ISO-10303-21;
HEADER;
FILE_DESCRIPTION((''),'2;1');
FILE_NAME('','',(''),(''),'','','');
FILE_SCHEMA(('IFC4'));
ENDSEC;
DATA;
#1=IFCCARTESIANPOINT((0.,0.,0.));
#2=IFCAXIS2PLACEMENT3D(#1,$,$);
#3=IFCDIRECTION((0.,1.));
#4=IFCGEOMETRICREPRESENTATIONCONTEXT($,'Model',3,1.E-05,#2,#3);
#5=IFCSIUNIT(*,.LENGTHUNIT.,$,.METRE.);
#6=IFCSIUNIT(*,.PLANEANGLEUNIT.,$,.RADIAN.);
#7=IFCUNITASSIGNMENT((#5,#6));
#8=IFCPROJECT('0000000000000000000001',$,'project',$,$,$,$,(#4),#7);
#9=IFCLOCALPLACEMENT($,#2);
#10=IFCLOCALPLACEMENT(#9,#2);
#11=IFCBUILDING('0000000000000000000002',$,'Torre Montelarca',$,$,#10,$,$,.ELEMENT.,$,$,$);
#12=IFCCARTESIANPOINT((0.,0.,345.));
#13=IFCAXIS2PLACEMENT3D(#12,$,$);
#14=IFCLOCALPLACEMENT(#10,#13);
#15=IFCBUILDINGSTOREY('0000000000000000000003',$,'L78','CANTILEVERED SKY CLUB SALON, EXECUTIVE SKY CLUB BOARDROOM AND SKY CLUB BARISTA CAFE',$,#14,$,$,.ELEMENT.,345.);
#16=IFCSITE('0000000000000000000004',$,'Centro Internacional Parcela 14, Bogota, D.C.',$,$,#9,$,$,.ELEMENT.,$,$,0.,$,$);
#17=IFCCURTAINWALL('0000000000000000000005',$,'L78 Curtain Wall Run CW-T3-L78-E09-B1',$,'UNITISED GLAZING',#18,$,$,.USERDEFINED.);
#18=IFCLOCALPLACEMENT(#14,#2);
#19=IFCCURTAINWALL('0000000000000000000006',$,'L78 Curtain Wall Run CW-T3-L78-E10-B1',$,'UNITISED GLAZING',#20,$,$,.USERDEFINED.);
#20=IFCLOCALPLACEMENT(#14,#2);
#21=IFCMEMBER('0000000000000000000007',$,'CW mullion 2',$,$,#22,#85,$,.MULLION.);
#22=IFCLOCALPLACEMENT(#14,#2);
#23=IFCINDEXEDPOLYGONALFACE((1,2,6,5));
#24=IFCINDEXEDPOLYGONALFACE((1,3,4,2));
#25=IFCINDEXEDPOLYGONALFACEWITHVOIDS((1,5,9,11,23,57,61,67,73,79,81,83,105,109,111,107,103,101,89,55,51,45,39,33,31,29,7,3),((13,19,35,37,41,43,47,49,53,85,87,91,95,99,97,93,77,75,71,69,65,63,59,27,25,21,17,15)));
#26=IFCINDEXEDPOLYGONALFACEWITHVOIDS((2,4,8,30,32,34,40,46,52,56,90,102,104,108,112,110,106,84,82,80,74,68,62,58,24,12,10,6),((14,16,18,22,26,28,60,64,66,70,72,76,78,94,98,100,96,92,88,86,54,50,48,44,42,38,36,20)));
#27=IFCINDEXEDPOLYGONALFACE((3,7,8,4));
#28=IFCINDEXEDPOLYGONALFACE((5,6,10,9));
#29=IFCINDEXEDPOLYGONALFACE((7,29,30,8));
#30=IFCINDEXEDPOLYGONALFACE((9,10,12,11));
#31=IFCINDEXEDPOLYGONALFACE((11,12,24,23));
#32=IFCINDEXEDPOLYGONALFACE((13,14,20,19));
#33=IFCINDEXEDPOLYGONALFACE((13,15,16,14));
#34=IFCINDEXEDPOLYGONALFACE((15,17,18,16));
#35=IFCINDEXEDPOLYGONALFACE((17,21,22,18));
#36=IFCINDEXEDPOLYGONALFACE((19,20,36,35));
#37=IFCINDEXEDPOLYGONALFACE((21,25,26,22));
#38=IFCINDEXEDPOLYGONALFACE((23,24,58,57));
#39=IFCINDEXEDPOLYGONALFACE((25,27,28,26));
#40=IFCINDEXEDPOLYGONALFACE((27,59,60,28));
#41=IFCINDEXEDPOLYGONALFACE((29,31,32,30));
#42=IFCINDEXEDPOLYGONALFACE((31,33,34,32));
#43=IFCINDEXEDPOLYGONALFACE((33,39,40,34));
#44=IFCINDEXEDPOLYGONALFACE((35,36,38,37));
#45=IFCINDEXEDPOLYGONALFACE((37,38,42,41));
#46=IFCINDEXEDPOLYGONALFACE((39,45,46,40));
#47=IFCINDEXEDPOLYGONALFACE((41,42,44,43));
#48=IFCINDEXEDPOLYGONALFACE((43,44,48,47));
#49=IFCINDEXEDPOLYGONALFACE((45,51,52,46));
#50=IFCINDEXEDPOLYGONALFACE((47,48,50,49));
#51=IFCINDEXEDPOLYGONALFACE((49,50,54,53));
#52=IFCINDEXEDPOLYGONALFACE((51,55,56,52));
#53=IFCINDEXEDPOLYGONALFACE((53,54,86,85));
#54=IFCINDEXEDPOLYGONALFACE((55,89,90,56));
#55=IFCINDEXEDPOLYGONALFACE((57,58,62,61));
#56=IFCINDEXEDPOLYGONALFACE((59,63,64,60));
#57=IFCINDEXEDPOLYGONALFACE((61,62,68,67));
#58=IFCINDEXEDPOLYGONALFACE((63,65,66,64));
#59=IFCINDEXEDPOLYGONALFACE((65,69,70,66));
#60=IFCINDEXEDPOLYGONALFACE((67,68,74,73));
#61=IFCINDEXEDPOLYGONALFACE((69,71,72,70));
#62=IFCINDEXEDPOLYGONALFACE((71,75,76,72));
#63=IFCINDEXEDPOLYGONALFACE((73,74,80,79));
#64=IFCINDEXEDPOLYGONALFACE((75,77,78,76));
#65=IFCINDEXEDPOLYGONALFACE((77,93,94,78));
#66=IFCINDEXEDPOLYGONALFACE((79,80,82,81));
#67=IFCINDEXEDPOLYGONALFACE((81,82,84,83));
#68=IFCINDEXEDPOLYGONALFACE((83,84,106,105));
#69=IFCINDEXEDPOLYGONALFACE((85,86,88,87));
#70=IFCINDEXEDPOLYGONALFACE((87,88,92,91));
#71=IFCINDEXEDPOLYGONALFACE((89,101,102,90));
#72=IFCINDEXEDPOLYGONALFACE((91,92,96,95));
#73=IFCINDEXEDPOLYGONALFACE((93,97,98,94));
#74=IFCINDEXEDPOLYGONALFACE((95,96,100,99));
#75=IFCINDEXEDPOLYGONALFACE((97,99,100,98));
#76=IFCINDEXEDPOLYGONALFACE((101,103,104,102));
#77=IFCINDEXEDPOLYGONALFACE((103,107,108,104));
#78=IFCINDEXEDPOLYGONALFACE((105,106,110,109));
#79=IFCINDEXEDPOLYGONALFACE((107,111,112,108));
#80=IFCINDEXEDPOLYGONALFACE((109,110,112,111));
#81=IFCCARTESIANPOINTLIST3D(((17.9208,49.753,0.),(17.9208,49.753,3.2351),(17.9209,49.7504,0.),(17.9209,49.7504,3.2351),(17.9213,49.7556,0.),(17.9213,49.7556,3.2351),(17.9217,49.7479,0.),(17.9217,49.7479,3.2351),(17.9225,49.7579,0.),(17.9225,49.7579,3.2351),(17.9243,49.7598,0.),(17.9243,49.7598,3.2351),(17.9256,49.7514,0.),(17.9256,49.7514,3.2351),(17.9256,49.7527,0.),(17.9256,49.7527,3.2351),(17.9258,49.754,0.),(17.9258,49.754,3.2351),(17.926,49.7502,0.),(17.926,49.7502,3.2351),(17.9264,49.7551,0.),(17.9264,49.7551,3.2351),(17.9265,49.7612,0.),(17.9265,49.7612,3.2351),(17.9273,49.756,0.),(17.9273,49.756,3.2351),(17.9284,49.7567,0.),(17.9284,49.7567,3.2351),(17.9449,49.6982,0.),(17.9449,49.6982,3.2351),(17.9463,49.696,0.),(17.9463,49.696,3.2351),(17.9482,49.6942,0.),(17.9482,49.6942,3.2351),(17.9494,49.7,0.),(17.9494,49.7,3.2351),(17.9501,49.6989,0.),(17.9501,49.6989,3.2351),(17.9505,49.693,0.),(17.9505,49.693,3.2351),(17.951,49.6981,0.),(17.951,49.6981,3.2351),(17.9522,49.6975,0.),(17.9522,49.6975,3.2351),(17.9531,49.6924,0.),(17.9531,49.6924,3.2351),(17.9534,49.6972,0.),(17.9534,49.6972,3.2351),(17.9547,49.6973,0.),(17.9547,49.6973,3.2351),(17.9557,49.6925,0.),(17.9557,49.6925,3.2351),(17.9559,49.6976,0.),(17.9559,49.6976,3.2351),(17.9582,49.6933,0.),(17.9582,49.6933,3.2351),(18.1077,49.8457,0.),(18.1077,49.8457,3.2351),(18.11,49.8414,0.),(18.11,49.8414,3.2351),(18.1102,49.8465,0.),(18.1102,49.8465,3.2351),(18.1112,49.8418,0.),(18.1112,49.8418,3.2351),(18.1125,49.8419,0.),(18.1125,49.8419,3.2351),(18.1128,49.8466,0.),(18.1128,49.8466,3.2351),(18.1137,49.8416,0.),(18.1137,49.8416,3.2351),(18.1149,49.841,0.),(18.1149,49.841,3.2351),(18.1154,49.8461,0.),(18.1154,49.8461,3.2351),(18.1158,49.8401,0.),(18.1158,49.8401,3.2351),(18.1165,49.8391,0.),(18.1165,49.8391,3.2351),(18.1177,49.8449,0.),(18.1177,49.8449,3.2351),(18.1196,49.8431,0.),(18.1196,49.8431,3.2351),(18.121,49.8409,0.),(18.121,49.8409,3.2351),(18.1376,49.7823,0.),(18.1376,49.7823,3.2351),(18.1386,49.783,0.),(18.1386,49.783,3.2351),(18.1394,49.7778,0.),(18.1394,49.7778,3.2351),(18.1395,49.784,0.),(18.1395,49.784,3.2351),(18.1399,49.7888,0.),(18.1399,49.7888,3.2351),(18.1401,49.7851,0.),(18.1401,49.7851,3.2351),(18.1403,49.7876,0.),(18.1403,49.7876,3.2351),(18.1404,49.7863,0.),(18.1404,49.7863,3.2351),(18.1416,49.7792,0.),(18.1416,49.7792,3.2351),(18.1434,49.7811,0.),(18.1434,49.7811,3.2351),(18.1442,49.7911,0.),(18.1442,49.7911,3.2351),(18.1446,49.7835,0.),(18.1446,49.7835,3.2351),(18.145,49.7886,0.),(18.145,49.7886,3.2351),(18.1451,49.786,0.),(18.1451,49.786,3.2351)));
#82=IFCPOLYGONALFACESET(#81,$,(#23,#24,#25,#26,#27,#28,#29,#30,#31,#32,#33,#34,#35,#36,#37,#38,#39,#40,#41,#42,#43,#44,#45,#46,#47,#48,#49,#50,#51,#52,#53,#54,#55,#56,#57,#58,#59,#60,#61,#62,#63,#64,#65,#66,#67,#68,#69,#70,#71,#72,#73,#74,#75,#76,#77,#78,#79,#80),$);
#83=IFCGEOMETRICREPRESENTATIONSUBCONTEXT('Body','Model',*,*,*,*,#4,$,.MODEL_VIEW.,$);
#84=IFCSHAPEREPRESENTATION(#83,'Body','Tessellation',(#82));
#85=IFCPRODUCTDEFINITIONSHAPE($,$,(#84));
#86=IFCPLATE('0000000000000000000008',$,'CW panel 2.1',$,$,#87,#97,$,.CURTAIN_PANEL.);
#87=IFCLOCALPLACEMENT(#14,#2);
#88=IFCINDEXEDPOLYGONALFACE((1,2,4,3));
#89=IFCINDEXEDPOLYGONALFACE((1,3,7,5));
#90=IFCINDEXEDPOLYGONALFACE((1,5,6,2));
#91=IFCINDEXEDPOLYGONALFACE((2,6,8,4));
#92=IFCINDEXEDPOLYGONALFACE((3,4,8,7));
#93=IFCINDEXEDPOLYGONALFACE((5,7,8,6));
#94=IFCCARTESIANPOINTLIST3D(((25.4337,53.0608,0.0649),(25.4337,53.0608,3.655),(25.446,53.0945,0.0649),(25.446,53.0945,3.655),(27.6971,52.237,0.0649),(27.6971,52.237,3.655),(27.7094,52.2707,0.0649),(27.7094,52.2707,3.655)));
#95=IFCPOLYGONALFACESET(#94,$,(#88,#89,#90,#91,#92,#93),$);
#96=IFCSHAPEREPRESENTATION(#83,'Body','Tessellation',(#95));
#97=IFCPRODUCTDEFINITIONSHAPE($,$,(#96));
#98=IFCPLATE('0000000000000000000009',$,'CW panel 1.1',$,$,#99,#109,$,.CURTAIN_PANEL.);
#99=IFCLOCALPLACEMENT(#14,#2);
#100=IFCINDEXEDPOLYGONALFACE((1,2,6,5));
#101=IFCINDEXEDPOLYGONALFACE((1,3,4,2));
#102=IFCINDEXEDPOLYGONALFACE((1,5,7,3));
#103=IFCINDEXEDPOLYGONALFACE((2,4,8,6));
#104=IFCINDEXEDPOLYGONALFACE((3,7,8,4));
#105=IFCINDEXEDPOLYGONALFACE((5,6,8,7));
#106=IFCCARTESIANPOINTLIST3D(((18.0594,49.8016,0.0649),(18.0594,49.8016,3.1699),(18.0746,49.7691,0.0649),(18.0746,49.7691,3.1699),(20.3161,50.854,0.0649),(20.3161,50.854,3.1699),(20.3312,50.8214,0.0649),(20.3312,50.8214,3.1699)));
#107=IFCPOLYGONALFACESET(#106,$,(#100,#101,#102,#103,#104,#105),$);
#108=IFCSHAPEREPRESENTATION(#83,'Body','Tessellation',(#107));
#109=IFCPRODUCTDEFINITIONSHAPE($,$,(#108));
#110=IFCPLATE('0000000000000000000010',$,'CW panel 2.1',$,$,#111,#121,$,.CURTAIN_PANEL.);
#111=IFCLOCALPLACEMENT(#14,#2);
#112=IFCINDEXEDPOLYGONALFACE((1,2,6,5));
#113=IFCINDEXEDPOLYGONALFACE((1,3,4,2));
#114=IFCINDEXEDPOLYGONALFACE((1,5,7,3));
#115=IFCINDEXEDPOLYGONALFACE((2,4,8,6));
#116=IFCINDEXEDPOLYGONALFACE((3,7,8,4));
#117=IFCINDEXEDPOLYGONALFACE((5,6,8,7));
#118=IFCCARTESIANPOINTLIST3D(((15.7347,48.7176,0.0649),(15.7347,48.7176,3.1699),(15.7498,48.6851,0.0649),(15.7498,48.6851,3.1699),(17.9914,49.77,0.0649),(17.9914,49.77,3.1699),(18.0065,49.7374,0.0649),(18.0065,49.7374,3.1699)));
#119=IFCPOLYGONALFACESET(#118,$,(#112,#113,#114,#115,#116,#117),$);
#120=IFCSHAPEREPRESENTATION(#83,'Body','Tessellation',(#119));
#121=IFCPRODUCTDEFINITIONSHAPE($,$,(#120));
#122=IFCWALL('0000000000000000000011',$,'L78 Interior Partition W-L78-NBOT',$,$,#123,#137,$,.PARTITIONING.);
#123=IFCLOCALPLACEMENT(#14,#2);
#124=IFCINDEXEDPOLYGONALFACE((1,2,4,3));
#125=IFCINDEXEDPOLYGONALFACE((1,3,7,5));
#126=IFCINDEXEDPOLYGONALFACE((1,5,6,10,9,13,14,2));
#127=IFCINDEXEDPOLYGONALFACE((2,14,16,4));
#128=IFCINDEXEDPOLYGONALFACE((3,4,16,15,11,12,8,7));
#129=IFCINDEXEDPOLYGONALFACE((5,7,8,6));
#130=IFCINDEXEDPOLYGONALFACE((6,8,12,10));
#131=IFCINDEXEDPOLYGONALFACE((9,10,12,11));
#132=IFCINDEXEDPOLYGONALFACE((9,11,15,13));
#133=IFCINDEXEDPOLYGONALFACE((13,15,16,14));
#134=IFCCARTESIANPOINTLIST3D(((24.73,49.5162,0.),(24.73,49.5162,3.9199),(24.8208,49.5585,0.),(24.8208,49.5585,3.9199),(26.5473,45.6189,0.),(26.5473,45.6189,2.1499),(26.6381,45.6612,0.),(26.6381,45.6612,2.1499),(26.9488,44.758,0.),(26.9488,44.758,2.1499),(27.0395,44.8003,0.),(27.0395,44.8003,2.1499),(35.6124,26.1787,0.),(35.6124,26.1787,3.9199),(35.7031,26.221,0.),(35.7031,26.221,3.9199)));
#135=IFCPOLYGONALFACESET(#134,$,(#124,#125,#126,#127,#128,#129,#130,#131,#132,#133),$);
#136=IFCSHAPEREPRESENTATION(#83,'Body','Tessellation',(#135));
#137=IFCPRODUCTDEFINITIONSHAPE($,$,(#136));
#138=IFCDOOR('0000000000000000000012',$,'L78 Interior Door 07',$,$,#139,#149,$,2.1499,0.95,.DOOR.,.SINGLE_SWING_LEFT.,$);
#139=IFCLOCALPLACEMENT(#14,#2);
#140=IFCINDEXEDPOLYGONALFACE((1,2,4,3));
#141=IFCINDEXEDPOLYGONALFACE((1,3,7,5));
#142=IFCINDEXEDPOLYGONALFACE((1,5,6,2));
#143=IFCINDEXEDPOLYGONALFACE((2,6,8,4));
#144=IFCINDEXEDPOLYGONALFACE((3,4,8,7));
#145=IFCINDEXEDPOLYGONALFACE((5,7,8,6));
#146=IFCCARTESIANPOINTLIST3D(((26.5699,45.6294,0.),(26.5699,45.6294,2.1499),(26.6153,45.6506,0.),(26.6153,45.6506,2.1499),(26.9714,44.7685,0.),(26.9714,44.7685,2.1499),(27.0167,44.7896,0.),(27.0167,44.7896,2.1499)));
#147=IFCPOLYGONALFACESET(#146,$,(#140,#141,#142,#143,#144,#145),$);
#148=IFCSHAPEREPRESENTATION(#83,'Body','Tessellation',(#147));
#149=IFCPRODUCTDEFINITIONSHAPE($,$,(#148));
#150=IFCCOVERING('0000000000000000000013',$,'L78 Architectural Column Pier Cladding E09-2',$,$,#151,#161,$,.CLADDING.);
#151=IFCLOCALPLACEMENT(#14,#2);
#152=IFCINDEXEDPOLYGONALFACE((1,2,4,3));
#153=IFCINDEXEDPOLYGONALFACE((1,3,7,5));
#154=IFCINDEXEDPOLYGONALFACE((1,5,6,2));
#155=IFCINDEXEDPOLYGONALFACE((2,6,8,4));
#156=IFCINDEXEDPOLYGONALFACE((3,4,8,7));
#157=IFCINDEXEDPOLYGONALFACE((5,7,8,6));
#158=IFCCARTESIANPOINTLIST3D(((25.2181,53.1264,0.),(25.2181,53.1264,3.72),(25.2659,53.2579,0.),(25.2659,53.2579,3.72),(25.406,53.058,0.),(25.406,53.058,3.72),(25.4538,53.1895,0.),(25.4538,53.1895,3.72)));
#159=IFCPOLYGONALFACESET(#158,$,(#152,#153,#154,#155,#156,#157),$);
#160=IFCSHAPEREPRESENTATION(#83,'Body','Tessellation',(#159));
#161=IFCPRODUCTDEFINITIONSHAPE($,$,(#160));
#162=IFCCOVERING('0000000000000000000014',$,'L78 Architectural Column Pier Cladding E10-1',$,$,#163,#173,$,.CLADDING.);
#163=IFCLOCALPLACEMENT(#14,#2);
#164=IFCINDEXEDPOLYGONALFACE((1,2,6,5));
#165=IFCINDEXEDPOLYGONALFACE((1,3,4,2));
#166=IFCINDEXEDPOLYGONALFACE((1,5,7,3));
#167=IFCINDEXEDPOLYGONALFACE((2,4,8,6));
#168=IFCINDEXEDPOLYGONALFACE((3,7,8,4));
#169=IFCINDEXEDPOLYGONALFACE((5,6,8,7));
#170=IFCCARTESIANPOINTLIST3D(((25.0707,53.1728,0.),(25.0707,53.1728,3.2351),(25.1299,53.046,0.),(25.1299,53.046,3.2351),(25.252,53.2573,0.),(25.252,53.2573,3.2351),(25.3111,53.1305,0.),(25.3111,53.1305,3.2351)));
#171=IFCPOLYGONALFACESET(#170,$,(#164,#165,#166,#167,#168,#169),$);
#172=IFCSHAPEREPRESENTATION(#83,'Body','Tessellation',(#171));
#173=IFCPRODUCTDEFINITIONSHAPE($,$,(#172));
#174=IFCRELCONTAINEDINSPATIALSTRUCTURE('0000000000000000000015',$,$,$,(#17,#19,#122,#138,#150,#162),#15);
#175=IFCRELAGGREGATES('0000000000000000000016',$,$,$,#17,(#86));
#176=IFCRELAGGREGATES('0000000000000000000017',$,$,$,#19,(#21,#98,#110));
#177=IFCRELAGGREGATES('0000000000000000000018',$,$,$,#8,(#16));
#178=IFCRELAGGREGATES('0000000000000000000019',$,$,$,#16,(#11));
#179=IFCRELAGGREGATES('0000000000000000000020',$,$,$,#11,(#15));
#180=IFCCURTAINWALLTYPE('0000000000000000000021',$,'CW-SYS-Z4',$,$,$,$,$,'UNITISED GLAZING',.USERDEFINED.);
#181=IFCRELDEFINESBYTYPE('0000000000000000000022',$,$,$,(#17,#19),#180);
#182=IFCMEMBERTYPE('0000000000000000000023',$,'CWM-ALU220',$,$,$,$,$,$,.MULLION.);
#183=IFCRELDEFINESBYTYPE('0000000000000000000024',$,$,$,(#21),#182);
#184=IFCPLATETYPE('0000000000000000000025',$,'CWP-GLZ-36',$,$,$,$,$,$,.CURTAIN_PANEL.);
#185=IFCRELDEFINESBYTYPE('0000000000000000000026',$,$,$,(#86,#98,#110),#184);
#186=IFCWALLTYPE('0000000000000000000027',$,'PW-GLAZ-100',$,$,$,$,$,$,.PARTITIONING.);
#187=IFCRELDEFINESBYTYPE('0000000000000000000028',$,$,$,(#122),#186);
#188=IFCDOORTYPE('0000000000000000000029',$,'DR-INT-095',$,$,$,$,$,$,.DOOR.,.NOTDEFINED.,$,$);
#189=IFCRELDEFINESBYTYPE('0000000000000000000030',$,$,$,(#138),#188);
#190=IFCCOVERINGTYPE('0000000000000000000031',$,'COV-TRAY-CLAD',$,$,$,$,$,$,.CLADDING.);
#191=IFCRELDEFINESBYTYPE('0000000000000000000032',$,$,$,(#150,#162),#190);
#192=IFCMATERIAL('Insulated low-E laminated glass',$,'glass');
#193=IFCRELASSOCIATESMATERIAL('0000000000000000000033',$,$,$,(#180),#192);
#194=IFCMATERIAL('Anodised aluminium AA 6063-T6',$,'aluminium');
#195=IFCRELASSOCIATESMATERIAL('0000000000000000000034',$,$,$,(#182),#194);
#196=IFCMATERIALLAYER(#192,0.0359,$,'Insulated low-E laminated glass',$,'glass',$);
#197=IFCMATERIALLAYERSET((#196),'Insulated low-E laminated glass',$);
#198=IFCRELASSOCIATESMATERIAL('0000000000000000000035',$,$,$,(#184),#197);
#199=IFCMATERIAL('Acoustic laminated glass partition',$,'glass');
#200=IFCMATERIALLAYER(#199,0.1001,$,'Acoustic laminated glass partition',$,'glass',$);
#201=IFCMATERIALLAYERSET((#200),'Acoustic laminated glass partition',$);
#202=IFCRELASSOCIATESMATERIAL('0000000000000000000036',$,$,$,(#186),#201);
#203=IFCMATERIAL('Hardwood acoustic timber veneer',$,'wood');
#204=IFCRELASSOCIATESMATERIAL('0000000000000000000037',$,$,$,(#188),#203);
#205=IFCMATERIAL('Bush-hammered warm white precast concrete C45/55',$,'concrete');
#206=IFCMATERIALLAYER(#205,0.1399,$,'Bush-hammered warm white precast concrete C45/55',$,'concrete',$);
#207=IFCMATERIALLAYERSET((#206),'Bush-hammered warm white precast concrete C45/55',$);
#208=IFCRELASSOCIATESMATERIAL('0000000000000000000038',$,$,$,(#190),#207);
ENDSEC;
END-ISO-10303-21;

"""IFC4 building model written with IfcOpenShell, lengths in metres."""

from ifc_helpers import new_model, si_unit, direction, frame, frame_2d, origin, origin_2d, place, context, subcontext, project, spatial, rectangle, hollow_rectangle, extrude, source, transform, mapped, material, layer, layer_set, material_profile, profile_set, type_object, element, fill, aggregate, save


model = new_model("IFC4")

# Units and contexts
model_context = context("Model", 3, precision=1e-05, world=origin(), true_north=direction((0.0, 1.0)))
body_context = subcontext(model_context, "Body", "Model", "MODEL_VIEW")
ifc_project = project(units=[si_unit("LENGTHUNIT", "METRE"), si_unit("PLANEANGLEUNIT", "RADIAN")], contexts=[model_context])

# Site, building, storey
site_placement = place(None, origin())
site = spatial("IfcSite", under=ifc_project, at=site_placement, Name="Centro Internacional Parcela 14, Bogota, D.C.", CompositionType="ELEMENT", RefElevation=0.0)
building_placement = place(site_placement, origin())
building = spatial("IfcBuilding", under=site, at=building_placement, Name="Torre Montelarca", CompositionType="ELEMENT")
storey_placement = place(building_placement, frame((0.0, 0.0, 345.0)))
storey = spatial("IfcBuildingStorey", under=building, at=storey_placement, Name="L78", Description="CANTILEVERED SKY CLUB SALON, EXECUTIVE SKY CLUB BOARDROOM AND SKY CLUB BARISTA CAFE", CompositionType="ELEMENT", Elevation=345.0)

# Curtain wall
ifc_material_1 = material(Name="Insulated low-E laminated glass", Category="glass")
curtain_wall_type = type_object("IfcCurtainWallType", Name="CW-SYS-Z4", ElementType="UNITISED GLAZING", PredefinedType="USERDEFINED", material=ifc_material_1)
curtain_wall_1_placement = place(storey_placement, origin())
curtain_wall_1 = element("IfcCurtainWall", 1, at=curtain_wall_1_placement, inside=storey, type_object=curtain_wall_type, Name="L78 Curtain Wall Run CW-T3-L78-E09-B1", ObjectType="UNITISED GLAZING", PredefinedType="USERDEFINED")
ifc_material_2 = material(Name="Anodised aluminium AA 6063-T6", Category="aluminium")
ifc_material_profile_1 = material_profile(ifc_material_2, hollow_rectangle(XDim=0.075, YDim=0.22, WallThickness=0.0049, InnerFilletRadius=0.0049, OuterFilletRadius=0.01, at=origin_2d()), Name="ALU75X220X5", Category="aluminium")
ifc_profile_set_1 = profile_set([ifc_material_profile_1], Name="Anodised aluminium AA 6063-T6")
member_type_1 = type_object("IfcMemberType", Name="CWM-ALU220", PredefinedType="MULLION", material=ifc_profile_set_1)

# Curtain wall, member
curtain_wall_2_placement = place(storey_placement, origin())
curtain_wall_2 = element("IfcCurtainWall", 2, at=curtain_wall_2_placement, inside=storey, type_object=curtain_wall_type, Name="L78 Curtain Wall Run CW-T3-L78-E10-B1", ObjectType="UNITISED GLAZING", PredefinedType="USERDEFINED")
shared_shape_1 = source(origin(), body_context, "Body", "SweptSolid", [
    extrude(hollow_rectangle(XDim=0.075, YDim=0.22, WallThickness=0.0049, InnerFilletRadius=0.0049, OuterFilletRadius=0.01, at=origin_2d()), origin(), (0.0, 0.0, 1.0), 3.2351),
])
member_1_placement = place(storey_placement, frame((18.033, 49.7695, 0.0), z_axis=(0.0, 0.0, 1.0), x_axis=(0.422624, -0.906305, 0.0)))
member_1 = element("IfcMember", 3, at=member_1_placement, type_object=member_type_1, Name="CW mullion 2", PredefinedType="MULLION", context=body_context, shape_type="MappedRepresentation", body=[
    mapped(shared_shape_1, transform((0.0, 0.0, 0.0), scale=1.0)),
])

# Plates
ifc_layer_1 = layer(ifc_material_1, 0.0359, Name="Insulated low-E laminated glass", Category="glass")
ifc_layer_set_1 = layer_set([ifc_layer_1], Name="Insulated low-E laminated glass")
plate_type = type_object("IfcPlateType", Name="CWP-GLZ-36", PredefinedType="CURTAIN_PANEL", material=ifc_layer_set_1)
shared_shape_2 = source(origin(), body_context, "Body", "SweptSolid", [
    extrude(rectangle(XDim=2.4087, YDim=0.0359, at=origin_2d()), origin(), (0.0, 0.0, 1.0), 3.5901),
])
plate_1_placement = place(storey_placement, frame((26.5715, 52.6658, 0.0649), z_axis=(0.0, 0.0, 1.0), x_axis=(-0.939694, 0.342015, 0.0)))
plate_1 = element("IfcPlate", 4, at=plate_1_placement, type_object=plate_type, Name="CW panel 2.1", PredefinedType="CURTAIN_PANEL", context=body_context, shape_type="MappedRepresentation", body=[
    mapped(shared_shape_2, transform((0.0, 0.0, 0.0), scale=1.0)),
])
aggregate(curtain_wall_1, [plate_1])
shared_shape_3 = source(origin(), body_context, "Body", "SweptSolid", [
    extrude(rectangle(XDim=2.49, YDim=0.0359, at=origin_2d()), origin(), (0.0, 0.0, 1.0), 3.105),
])
plate_2_placement = place(storey_placement, frame((19.1953, 50.3115, 0.0649), z_axis=(0.0, 0.0, 1.0), x_axis=(-0.906305, -0.422624, 0.0)))
plate_2 = element("IfcPlate", 5, at=plate_2_placement, type_object=plate_type, Name="CW panel 1.1", PredefinedType="CURTAIN_PANEL", context=body_context, shape_type="MappedRepresentation", body=[
    mapped(shared_shape_3, transform((0.0, 0.0, 0.0), scale=1.0)),
])
plate_3_placement = place(storey_placement, frame((16.8706, 49.2275, 0.0649), z_axis=(0.0, 0.0, 1.0), x_axis=(-0.906305, -0.422624, 0.0)))
plate_3 = element("IfcPlate", 6, at=plate_3_placement, type_object=plate_type, Name="CW panel 2.1", PredefinedType="CURTAIN_PANEL", context=body_context, shape_type="MappedRepresentation", body=[
    mapped(shared_shape_3, transform((0.0, 0.0, 0.0), scale=1.0)),
])
aggregate(curtain_wall_2, [member_1, plate_2, plate_3])

# Wall, opening, door
ifc_material_3 = material(Name="Acoustic laminated glass partition", Category="glass")
ifc_layer_2 = layer(ifc_material_3, 0.1001, Name="Acoustic laminated glass partition", Category="glass")
ifc_layer_set_2 = layer_set([ifc_layer_2], Name="Acoustic laminated glass partition")
wall_type_1 = type_object("IfcWallType", Name="PW-GLAZ-100", PredefinedType="PARTITIONING", material=ifc_layer_set_2)
wall_1_placement = place(storey_placement, frame((24.7754, 49.5374, 0.0), z_axis=(0.0, 0.0, 1.0), x_axis=(0.422616, -0.906309, 0.0)))
wall_1 = element("IfcWall", 7, at=wall_1_placement, inside=storey, type_object=wall_type_1, Name="L78 Interior Partition W-L78-NBOT", PredefinedType="PARTITIONING", context=body_context, shape_type="SweptSolid", body=[
    extrude(rectangle(XDim=25.75, YDim=0.1001, at=frame_2d((12.875, 0.0))), origin(), (0.0, 0.0, 1.0), 3.9199),
])
opening_1_placement = place(wall_1_placement, frame((4.3, 0.0, 0.0)))
opening_1 = element("IfcOpeningElement", 8, at=opening_1_placement, cuts=wall_1, PredefinedType="OPENING", context=body_context, shape_type="SweptSolid", body=[
    extrude(rectangle(XDim=0.95, YDim=2.1499, at=frame_2d((0.4751, 1.075))), frame((0.0, 0.0601, 0.0), z_axis=(0.0, -1.0, 0.0), x_axis=(1.0, 0.0, 0.0)), (0.0, 0.0, 1.0), 0.1201),
])
ifc_material_4 = material(Name="Hardwood acoustic timber veneer", Category="wood")
door_type_1 = type_object("IfcDoorType", Name="DR-INT-095", OperationType="NOTDEFINED", PredefinedType="DOOR", material=ifc_material_4)
shared_shape_4 = source(origin(), body_context, "Body", "SweptSolid", [
    extrude(rectangle(XDim=0.95, YDim=2.1499, at=frame_2d((0.4751, 1.075))), frame((0.0, 0.0249, 0.0), z_axis=(0.0, -1.0, 0.0), x_axis=(1.0, 0.0, 0.0)), (0.0, 0.0, 1.0), 0.05),
])
door_1_placement = place(opening_1_placement, origin())
door_1 = element("IfcDoor", 9, at=door_1_placement, inside=storey, type_object=door_type_1, Name="L78 Interior Door 07", OperationType="SINGLE_SWING_LEFT", OverallHeight=2.1499, OverallWidth=0.95, PredefinedType="DOOR", context=body_context, shape_type="MappedRepresentation", body=[
    mapped(shared_shape_4, transform((0.0, 0.0, 0.0), scale=1.0)),
])
fill(opening_1, door_1)

# Coverings
ifc_material_5 = material(Name="Bush-hammered warm white precast concrete C45/55", Category="concrete")
ifc_layer_3 = layer(ifc_material_5, 0.1399, Name="Bush-hammered warm white precast concrete C45/55", Category="concrete")
ifc_layer_set_3 = layer_set([ifc_layer_3], Name="Bush-hammered warm white precast concrete C45/55")
covering_type = type_object("IfcCoveringType", Name="COV-TRAY-CLAD", PredefinedType="CLADDING", material=ifc_layer_set_3)
shared_shape_5 = source(origin(), body_context, "Body", "SweptSolid", [
    extrude(rectangle(XDim=0.2, YDim=0.1399, at=origin_2d()), origin(), (0.0, 0.0, 1.0), 3.72),
])
covering_1_placement = place(storey_placement, frame((25.3359, 53.158, 0.0), z_axis=(0.0, 0.0, 1.0), x_axis=(-0.939696, 0.34201, 0.0)))
element("IfcCovering", 10, at=covering_1_placement, inside=storey, type_object=covering_type, Name="L78 Architectural Column Pier Cladding E09-2", PredefinedType="CLADDING", context=body_context, shape_type="MappedRepresentation", body=[
    mapped(shared_shape_5, transform((0.0, 0.0, 0.0), scale=1.0)),
])
shared_shape_6 = source(origin(), body_context, "Body", "SweptSolid", [
    extrude(rectangle(XDim=0.2, YDim=0.1399, at=origin_2d()), origin(), (0.0, 0.0, 1.0), 3.2351),
])
covering_2_placement = place(storey_placement, frame((25.1909, 53.1516, 0.0), z_axis=(0.0, 0.0, 1.0), x_axis=(-0.906308, -0.422618, 0.0)))
element("IfcCovering", 11, at=covering_2_placement, inside=storey, type_object=covering_type, Name="L78 Architectural Column Pier Cladding E10-1", PredefinedType="CLADDING", context=body_context, shape_type="MappedRepresentation", body=[
    mapped(shared_shape_6, transform((0.0, 0.0, 0.0), scale=1.0)),
])

save(model, "model.ifc")
